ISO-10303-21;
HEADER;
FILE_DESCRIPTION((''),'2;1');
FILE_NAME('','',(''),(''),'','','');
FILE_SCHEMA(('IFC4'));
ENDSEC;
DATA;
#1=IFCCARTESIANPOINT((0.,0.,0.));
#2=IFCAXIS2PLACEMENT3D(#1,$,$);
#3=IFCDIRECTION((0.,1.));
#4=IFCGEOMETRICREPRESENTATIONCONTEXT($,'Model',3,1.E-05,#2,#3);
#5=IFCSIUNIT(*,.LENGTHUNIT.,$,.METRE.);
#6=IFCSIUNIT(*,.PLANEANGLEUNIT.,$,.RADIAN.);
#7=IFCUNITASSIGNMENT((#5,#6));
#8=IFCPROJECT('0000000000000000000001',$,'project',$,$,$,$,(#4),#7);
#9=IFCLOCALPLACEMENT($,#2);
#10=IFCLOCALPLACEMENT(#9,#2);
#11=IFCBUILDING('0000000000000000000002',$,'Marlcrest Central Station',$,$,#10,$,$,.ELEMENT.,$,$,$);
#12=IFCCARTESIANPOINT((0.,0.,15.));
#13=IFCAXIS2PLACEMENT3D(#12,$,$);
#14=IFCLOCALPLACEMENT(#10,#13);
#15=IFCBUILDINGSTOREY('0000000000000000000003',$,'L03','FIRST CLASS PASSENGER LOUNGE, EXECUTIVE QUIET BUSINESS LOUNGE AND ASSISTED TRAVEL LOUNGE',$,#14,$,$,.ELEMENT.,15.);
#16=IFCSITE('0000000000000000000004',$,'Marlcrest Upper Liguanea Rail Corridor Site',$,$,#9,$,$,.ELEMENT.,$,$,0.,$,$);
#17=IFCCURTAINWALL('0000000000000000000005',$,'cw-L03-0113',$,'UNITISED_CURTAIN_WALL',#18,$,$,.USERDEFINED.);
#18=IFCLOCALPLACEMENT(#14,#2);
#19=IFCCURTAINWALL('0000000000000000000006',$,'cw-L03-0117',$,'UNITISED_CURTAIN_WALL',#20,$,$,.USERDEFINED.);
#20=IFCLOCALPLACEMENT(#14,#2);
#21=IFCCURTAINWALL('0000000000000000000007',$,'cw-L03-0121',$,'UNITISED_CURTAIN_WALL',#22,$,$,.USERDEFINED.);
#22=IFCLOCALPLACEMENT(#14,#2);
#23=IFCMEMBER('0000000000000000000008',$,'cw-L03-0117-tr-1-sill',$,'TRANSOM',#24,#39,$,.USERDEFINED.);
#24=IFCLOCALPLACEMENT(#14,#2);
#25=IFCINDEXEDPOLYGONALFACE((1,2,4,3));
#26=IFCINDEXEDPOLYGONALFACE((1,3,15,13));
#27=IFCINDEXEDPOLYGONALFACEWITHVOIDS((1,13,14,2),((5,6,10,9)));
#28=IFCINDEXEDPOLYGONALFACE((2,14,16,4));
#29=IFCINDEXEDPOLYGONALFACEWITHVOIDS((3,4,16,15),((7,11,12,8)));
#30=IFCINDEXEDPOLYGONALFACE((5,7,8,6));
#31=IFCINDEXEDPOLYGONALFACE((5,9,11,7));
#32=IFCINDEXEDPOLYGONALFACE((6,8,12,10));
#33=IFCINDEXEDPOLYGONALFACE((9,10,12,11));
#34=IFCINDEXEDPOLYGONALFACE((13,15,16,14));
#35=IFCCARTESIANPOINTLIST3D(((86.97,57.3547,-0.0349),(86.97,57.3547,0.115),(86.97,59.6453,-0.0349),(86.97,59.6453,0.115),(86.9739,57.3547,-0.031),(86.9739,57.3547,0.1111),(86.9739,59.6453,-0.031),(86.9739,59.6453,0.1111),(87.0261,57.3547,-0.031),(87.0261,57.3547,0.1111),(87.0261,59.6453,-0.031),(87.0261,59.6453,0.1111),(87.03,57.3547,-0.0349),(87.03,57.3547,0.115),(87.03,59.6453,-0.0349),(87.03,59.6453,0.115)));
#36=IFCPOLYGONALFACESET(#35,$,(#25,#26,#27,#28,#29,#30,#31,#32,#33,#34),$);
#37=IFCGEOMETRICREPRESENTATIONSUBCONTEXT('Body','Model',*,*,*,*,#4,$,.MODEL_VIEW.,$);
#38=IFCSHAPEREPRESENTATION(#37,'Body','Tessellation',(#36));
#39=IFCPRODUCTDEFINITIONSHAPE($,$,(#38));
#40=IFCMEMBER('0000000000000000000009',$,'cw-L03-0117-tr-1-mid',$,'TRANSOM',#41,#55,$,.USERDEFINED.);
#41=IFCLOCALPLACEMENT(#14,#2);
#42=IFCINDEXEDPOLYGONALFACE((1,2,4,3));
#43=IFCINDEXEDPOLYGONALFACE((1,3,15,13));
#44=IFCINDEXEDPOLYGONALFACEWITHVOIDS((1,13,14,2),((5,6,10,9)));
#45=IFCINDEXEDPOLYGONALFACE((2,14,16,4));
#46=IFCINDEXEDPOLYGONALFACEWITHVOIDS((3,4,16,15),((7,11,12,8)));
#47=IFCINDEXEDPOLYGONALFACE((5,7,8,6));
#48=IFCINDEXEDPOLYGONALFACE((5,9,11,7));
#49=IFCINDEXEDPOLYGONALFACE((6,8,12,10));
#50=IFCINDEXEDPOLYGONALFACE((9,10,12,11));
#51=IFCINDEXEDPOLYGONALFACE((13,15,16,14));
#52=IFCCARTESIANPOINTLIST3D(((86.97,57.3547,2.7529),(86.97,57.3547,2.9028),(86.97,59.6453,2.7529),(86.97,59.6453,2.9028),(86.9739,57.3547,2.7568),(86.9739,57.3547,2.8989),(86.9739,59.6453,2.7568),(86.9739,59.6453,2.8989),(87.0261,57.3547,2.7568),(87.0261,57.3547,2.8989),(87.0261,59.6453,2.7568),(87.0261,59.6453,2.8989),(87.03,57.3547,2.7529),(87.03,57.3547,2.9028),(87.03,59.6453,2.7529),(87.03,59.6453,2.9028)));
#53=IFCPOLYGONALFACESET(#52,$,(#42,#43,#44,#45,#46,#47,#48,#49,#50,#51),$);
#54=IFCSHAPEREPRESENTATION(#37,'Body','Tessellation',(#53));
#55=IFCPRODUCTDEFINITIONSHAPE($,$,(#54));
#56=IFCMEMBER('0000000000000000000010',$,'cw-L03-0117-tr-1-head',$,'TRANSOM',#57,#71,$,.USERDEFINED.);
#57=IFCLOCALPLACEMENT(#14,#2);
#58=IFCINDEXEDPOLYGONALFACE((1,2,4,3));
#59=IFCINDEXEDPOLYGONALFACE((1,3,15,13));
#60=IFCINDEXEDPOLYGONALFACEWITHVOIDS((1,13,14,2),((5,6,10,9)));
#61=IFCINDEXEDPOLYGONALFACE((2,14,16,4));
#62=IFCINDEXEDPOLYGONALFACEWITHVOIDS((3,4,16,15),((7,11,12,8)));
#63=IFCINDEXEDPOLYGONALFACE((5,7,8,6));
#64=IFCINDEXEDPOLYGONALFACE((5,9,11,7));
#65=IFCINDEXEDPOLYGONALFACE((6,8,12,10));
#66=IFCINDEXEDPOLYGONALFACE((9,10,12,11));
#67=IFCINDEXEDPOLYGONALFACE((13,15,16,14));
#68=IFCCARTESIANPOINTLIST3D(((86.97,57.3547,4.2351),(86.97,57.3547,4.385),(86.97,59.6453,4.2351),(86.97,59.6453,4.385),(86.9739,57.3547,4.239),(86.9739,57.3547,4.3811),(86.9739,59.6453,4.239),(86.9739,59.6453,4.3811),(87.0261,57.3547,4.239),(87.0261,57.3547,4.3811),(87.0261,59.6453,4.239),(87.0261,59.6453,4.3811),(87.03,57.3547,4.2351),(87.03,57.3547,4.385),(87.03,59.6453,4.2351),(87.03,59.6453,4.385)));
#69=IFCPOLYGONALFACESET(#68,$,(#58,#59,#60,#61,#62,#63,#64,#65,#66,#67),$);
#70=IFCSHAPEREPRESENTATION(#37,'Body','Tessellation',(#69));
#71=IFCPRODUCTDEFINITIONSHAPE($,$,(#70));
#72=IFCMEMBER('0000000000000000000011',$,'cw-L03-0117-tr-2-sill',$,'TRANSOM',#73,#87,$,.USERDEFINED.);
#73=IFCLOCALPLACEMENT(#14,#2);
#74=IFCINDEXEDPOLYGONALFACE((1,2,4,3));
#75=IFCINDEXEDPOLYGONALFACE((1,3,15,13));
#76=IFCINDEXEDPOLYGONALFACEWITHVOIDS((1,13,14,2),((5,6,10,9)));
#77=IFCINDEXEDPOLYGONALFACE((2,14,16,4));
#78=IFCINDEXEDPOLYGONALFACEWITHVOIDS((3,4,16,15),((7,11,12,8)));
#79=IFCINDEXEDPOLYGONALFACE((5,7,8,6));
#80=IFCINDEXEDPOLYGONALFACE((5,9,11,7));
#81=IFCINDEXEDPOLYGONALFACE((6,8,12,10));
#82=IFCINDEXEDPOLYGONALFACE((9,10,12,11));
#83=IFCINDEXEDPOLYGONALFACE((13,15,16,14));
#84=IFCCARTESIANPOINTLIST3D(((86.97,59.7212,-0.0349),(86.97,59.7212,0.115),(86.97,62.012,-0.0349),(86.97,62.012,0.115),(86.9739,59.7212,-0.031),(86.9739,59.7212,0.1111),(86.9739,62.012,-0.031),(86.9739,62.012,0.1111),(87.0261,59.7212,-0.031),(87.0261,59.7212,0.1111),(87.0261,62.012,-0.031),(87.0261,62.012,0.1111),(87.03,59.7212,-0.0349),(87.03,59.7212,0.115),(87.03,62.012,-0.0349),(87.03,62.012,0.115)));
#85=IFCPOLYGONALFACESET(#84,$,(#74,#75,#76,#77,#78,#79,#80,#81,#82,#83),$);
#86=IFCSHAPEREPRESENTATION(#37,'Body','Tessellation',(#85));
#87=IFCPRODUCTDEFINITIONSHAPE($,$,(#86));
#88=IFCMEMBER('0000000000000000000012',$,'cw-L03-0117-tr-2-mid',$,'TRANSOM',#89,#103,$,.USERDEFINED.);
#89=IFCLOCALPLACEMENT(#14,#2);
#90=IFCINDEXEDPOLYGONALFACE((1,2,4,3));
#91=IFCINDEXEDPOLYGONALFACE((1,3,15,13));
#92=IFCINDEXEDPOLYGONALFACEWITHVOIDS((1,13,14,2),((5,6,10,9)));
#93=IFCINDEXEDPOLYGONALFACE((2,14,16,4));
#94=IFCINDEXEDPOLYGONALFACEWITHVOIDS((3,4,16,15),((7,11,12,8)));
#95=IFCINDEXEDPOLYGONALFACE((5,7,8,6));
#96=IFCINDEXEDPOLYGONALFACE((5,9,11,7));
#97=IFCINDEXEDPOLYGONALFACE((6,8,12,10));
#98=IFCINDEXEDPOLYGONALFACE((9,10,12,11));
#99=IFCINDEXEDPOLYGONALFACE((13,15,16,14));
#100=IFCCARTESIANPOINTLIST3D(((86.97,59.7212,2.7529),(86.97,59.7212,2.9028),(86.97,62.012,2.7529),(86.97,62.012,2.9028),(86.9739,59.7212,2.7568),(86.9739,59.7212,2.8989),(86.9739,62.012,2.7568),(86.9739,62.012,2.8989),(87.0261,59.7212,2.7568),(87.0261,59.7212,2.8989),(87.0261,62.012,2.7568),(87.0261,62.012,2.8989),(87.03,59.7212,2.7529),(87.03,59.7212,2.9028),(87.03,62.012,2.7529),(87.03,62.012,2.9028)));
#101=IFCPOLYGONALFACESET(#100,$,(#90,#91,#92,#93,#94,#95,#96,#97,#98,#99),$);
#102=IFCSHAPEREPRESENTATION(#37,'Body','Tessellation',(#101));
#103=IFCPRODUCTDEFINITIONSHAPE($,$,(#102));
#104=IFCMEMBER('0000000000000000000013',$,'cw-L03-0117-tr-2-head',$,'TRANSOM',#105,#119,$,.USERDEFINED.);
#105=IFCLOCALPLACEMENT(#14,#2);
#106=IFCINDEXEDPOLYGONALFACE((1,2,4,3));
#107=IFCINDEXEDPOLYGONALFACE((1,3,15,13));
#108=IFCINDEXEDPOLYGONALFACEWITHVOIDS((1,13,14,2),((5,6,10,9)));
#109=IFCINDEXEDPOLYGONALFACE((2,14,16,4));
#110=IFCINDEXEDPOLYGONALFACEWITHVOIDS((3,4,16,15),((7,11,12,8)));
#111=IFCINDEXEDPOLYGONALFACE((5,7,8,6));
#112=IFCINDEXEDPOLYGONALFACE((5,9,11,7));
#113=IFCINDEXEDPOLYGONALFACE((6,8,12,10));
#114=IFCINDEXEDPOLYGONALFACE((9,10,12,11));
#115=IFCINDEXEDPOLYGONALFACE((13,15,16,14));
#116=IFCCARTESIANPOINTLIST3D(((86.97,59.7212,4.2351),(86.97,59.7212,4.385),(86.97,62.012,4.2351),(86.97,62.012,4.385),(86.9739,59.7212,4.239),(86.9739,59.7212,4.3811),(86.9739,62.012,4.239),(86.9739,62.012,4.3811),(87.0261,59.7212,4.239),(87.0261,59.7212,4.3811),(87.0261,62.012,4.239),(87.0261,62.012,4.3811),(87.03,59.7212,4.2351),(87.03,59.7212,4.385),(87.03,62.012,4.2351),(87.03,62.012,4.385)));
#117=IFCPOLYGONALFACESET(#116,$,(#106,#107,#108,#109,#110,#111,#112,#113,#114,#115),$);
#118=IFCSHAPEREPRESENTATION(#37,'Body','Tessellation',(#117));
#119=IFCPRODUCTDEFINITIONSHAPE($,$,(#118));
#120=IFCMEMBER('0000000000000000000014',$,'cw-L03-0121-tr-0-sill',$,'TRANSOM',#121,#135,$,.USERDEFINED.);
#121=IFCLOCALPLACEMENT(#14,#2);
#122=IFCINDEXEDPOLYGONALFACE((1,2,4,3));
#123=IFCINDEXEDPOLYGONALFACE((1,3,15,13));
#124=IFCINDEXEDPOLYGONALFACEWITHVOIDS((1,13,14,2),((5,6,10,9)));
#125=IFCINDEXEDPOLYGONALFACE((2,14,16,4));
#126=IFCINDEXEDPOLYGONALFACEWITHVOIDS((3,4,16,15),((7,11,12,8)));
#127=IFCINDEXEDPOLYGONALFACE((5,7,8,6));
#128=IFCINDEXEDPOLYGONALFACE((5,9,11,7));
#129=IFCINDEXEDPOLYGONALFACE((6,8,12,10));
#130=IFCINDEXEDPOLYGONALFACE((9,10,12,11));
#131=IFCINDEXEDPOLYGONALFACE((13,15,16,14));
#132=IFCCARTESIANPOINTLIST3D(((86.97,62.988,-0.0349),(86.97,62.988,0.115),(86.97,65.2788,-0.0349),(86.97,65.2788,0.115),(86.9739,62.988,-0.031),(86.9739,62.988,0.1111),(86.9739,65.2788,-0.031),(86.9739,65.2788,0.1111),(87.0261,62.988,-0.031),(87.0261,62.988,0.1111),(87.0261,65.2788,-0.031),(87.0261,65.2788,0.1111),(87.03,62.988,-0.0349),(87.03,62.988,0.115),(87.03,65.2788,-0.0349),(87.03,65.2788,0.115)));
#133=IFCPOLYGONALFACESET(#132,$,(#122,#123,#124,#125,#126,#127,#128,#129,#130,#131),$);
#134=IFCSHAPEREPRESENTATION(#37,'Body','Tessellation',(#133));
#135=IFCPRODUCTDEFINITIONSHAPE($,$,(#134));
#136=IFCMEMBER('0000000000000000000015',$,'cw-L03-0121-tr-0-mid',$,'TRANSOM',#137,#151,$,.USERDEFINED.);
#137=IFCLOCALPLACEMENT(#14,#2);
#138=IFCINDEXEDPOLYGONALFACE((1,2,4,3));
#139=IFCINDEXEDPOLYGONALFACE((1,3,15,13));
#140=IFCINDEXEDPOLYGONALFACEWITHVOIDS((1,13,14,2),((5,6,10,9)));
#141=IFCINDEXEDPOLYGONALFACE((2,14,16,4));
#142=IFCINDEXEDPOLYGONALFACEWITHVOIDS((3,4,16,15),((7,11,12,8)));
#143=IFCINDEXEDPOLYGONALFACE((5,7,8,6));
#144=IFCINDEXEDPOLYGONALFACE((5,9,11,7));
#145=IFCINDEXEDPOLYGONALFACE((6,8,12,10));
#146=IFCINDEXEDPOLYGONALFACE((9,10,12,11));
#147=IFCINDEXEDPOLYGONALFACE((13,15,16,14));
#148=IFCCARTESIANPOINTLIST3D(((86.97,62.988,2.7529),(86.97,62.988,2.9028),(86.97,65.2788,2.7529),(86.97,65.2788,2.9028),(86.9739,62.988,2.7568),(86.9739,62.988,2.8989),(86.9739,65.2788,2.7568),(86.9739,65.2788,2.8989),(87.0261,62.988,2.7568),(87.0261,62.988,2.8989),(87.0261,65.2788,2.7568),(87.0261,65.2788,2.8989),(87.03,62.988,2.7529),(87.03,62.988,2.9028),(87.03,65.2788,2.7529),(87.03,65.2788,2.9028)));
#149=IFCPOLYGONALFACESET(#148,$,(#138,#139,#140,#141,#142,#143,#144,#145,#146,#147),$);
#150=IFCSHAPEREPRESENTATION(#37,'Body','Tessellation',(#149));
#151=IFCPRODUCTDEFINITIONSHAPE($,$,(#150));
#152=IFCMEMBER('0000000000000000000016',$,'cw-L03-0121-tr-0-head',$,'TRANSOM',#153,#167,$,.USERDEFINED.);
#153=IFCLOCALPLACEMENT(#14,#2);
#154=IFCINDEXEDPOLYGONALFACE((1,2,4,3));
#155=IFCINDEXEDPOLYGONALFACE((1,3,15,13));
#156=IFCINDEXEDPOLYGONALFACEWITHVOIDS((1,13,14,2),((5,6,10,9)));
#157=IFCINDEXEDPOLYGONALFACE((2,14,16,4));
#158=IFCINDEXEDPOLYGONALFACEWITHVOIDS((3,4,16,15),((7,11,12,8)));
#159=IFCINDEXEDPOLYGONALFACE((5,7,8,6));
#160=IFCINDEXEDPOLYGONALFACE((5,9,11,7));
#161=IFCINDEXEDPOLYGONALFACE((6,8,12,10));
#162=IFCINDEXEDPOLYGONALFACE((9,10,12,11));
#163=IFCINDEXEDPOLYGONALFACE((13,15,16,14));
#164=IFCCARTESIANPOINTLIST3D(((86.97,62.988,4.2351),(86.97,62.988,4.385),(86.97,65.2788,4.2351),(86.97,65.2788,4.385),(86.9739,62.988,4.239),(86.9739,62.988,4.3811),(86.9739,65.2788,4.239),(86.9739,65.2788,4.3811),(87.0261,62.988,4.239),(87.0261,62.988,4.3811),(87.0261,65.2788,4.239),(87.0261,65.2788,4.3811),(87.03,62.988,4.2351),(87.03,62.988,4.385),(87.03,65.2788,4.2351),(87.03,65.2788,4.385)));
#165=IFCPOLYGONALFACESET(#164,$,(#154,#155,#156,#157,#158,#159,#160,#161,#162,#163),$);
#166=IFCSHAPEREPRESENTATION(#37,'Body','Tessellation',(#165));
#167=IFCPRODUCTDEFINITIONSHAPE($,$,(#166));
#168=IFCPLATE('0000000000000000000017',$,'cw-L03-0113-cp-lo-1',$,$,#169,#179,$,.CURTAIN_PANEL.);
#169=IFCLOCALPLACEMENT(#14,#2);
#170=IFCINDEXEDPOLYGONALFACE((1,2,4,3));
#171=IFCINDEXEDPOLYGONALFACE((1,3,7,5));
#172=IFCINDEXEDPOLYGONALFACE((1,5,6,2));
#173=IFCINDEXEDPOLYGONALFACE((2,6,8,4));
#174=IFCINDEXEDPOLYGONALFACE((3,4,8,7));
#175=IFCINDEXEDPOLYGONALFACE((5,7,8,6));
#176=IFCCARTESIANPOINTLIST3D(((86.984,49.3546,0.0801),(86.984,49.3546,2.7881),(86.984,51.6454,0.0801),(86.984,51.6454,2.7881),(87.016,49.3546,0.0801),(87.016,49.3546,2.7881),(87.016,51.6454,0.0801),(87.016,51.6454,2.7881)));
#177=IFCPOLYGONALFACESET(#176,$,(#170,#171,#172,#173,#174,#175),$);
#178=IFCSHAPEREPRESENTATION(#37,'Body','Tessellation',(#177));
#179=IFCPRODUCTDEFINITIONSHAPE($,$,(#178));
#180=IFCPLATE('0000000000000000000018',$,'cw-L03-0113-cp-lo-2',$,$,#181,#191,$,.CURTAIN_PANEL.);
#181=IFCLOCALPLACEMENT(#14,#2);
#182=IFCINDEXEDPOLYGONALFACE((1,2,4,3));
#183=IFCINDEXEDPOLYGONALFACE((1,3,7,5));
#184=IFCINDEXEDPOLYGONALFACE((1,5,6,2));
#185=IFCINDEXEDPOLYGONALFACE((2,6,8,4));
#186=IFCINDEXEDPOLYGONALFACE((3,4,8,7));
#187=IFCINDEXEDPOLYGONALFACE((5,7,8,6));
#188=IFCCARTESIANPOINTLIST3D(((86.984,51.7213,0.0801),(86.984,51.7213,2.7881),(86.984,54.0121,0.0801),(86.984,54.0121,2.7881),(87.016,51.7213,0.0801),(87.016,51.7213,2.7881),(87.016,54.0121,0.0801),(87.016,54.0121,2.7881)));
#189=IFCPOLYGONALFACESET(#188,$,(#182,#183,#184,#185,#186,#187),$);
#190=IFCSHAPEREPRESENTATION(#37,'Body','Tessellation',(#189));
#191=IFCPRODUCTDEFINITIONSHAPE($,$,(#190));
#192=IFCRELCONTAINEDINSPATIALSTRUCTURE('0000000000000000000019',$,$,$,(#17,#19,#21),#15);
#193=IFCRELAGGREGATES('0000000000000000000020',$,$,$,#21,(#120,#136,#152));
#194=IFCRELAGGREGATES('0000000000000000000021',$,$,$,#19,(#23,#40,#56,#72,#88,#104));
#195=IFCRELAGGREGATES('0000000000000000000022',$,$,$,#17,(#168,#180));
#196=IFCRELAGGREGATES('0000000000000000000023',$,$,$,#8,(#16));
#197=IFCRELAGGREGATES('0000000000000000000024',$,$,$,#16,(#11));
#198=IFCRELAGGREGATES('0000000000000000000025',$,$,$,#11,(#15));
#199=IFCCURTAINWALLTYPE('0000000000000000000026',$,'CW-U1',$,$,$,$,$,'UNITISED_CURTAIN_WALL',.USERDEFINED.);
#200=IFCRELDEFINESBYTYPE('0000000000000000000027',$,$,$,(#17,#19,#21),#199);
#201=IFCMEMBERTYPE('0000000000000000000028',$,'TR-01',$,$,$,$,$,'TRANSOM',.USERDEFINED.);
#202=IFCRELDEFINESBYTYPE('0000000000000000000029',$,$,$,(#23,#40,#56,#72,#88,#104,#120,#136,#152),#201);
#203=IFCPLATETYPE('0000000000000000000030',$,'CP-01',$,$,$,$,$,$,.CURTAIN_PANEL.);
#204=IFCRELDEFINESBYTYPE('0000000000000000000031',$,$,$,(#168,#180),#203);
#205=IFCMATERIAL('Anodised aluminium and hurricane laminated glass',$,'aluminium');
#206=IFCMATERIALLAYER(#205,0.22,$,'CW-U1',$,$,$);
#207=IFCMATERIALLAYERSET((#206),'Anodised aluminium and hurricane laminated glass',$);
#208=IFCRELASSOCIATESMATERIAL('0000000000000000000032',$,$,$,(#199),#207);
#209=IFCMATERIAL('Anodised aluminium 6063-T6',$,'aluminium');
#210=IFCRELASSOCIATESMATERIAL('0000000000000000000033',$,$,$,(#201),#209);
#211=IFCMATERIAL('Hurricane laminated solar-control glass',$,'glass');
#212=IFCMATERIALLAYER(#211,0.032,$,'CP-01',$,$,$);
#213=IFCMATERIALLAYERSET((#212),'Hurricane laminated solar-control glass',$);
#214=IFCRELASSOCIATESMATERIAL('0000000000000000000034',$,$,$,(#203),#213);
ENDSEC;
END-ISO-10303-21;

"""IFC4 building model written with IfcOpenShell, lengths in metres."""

from ifc_helpers import new_model, si_unit, direction, frame, origin, origin_2d, place, context, subcontext, project, spatial, rectangle, hollow_rectangle, extrude, material, layer, layer_set, material_profile, profile_set, type_object, element, aggregate, save


model = new_model("IFC4")

# Units and contexts
model_context = context("Model", 3, precision=1e-05, world=origin(), true_north=direction((0.0, 1.0)))
body_context = subcontext(model_context, "Body", "Model", "MODEL_VIEW")
ifc_project = project(units=[si_unit("LENGTHUNIT", "METRE"), si_unit("PLANEANGLEUNIT", "RADIAN")], contexts=[model_context])

# Site, building, storey
site_placement = place(None, origin())
site = spatial("IfcSite", under=ifc_project, at=site_placement, Name="Marlcrest Upper Liguanea Rail Corridor Site", CompositionType="ELEMENT", RefElevation=0.0)
building_placement = place(site_placement, origin())
building = spatial("IfcBuilding", under=site, at=building_placement, Name="Marlcrest Central Station", CompositionType="ELEMENT")
storey_placement = place(building_placement, frame((0.0, 0.0, 15.0)))
storey = spatial("IfcBuildingStorey", under=building, at=storey_placement, Name="L03", Description="FIRST CLASS PASSENGER LOUNGE, EXECUTIVE QUIET BUSINESS LOUNGE AND ASSISTED TRAVEL LOUNGE", CompositionType="ELEMENT", Elevation=15.0)

# Curtain walls
ifc_material_1 = material(Name="Anodised aluminium and hurricane laminated glass", Category="aluminium")
ifc_layer_1 = layer(ifc_material_1, 0.22, Name="CW-U1")
ifc_layer_set_1 = layer_set([ifc_layer_1], Name="Anodised aluminium and hurricane laminated glass")
curtain_wall_type = type_object("IfcCurtainWallType", Name="CW-U1", ElementType="UNITISED_CURTAIN_WALL", PredefinedType="USERDEFINED", material=ifc_layer_set_1)
curtain_wall_1_placement = place(storey_placement, origin())
curtain_wall_1 = element("IfcCurtainWall", 1, at=curtain_wall_1_placement, inside=storey, type_object=curtain_wall_type, Name="cw-L03-0113", ObjectType="UNITISED_CURTAIN_WALL", PredefinedType="USERDEFINED")
ifc_material_2 = material(Name="Anodised aluminium 6063-T6", Category="aluminium")
curtain_wall_2_placement = place(storey_placement, origin())
curtain_wall_2 = element("IfcCurtainWall", 2, at=curtain_wall_2_placement, inside=storey, type_object=curtain_wall_type, Name="cw-L03-0117", ObjectType="UNITISED_CURTAIN_WALL", PredefinedType="USERDEFINED")

# Curtain wall
curtain_wall_3_placement = place(storey_placement, origin())
curtain_wall_3 = element("IfcCurtainWall", 3, at=curtain_wall_3_placement, inside=storey, type_object=curtain_wall_type, Name="cw-L03-0121", ObjectType="UNITISED_CURTAIN_WALL", PredefinedType="USERDEFINED")

# Members
ifc_material_profile_1 = material_profile(ifc_material_2, hollow_rectangle(XDim=0.0601, YDim=0.1499, WallThickness=0.0039, at=origin_2d()), Name="AA-RHS 150x60x4")
ifc_profile_set_1 = profile_set([ifc_material_profile_1], Name="Anodised aluminium 6063-T6")
member_type_1 = type_object("IfcMemberType", Name="TR-01", ElementType="TRANSOM", PredefinedType="USERDEFINED", material=ifc_profile_set_1)
member_1_placement = place(storey_placement, frame((87.0, 57.3547, 0.04), z_axis=(0.0, 1.0, 0.0), x_axis=(-1.0, 0.0, 0.0)))
member_1 = element("IfcMember", 4, at=member_1_placement, type_object=member_type_1, Name="cw-L03-0117-tr-1-sill", ObjectType="TRANSOM", PredefinedType="USERDEFINED", context=body_context, shape_type="SweptSolid", body=[
    extrude(hollow_rectangle(XDim=0.0601, YDim=0.1499, WallThickness=0.0039, at=origin_2d()), origin(), (0.0, 0.0, 1.0), 2.2905),
])
member_2_placement = place(storey_placement, frame((87.0, 57.3547, 2.8279), z_axis=(0.0, 1.0, 0.0), x_axis=(-1.0, 0.0, 0.0)))
member_2 = element("IfcMember", 5, at=member_2_placement, type_object=member_type_1, Name="cw-L03-0117-tr-1-mid", ObjectType="TRANSOM", PredefinedType="USERDEFINED", context=body_context, shape_type="SweptSolid", body=[
    extrude(hollow_rectangle(XDim=0.0601, YDim=0.1499, WallThickness=0.0039, at=origin_2d()), origin(), (0.0, 0.0, 1.0), 2.2905),
])
member_3_placement = place(storey_placement, frame((87.0, 57.3547, 4.3101), z_axis=(0.0, 1.0, 0.0), x_axis=(-1.0, 0.0, 0.0)))
member_3 = element("IfcMember", 6, at=member_3_placement, type_object=member_type_1, Name="cw-L03-0117-tr-1-head", ObjectType="TRANSOM", PredefinedType="USERDEFINED", context=body_context, shape_type="SweptSolid", body=[
    extrude(hollow_rectangle(XDim=0.0601, YDim=0.1499, WallThickness=0.0039, at=origin_2d()), origin(), (0.0, 0.0, 1.0), 2.2905),
])
member_4_placement = place(storey_placement, frame((87.0, 59.7212, 0.04), z_axis=(0.0, 1.0, 0.0), x_axis=(-1.0, 0.0, 0.0)))
member_4 = element("IfcMember", 7, at=member_4_placement, type_object=member_type_1, Name="cw-L03-0117-tr-2-sill", ObjectType="TRANSOM", PredefinedType="USERDEFINED", context=body_context, shape_type="SweptSolid", body=[
    extrude(hollow_rectangle(XDim=0.0601, YDim=0.1499, WallThickness=0.0039, at=origin_2d()), origin(), (0.0, 0.0, 1.0), 2.2908),
])
member_5_placement = place(storey_placement, frame((87.0, 59.7212, 2.8279), z_axis=(0.0, 1.0, 0.0), x_axis=(-1.0, 0.0, 0.0)))
member_5 = element("IfcMember", 8, at=member_5_placement, type_object=member_type_1, Name="cw-L03-0117-tr-2-mid", ObjectType="TRANSOM", PredefinedType="USERDEFINED", context=body_context, shape_type="SweptSolid", body=[
    extrude(hollow_rectangle(XDim=0.0601, YDim=0.1499, WallThickness=0.0039, at=origin_2d()), origin(), (0.0, 0.0, 1.0), 2.2908),
])
member_6_placement = place(storey_placement, frame((87.0, 59.7212, 4.3101), z_axis=(0.0, 1.0, 0.0), x_axis=(-1.0, 0.0, 0.0)))
member_6 = element("IfcMember", 9, at=member_6_placement, type_object=member_type_1, Name="cw-L03-0117-tr-2-head", ObjectType="TRANSOM", PredefinedType="USERDEFINED", context=body_context, shape_type="SweptSolid", body=[
    extrude(hollow_rectangle(XDim=0.0601, YDim=0.1499, WallThickness=0.0039, at=origin_2d()), origin(), (0.0, 0.0, 1.0), 2.2908),
])
member_7_placement = place(storey_placement, frame((87.0, 62.988, 0.04), z_axis=(0.0, 1.0, 0.0), x_axis=(-1.0, 0.0, 0.0)))
member_7 = element("IfcMember", 10, at=member_7_placement, type_object=member_type_1, Name="cw-L03-0121-tr-0-sill", ObjectType="TRANSOM", PredefinedType="USERDEFINED", context=body_context, shape_type="SweptSolid", body=[
    extrude(hollow_rectangle(XDim=0.0601, YDim=0.1499, WallThickness=0.0039, at=origin_2d()), origin(), (0.0, 0.0, 1.0), 2.2908),
])
member_8_placement = place(storey_placement, frame((87.0, 62.988, 2.8279), z_axis=(0.0, 1.0, 0.0), x_axis=(-1.0, 0.0, 0.0)))
member_8 = element("IfcMember", 11, at=member_8_placement, type_object=member_type_1, Name="cw-L03-0121-tr-0-mid", ObjectType="TRANSOM", PredefinedType="USERDEFINED", context=body_context, shape_type="SweptSolid", body=[
    extrude(hollow_rectangle(XDim=0.0601, YDim=0.1499, WallThickness=0.0039, at=origin_2d()), origin(), (0.0, 0.0, 1.0), 2.2908),
])
member_9_placement = place(storey_placement, frame((87.0, 62.988, 4.3101), z_axis=(0.0, 1.0, 0.0), x_axis=(-1.0, 0.0, 0.0)))
member_9 = element("IfcMember", 12, at=member_9_placement, type_object=member_type_1, Name="cw-L03-0121-tr-0-head", ObjectType="TRANSOM", PredefinedType="USERDEFINED", context=body_context, shape_type="SweptSolid", body=[
    extrude(hollow_rectangle(XDim=0.0601, YDim=0.1499, WallThickness=0.0039, at=origin_2d()), origin(), (0.0, 0.0, 1.0), 2.2908),
])

# Plates
ifc_material_3 = material(Name="Hurricane laminated solar-control glass", Category="glass")
ifc_layer_2 = layer(ifc_material_3, 0.032, Name="CP-01")
ifc_layer_set_2 = layer_set([ifc_layer_2], Name="Hurricane laminated solar-control glass")
plate_type_1 = type_object("IfcPlateType", Name="CP-01", PredefinedType="CURTAIN_PANEL", material=ifc_layer_set_2)
plate_1_placement = place(storey_placement, frame((87.0, 50.5, 0.0801), z_axis=(0.0, 0.0, 1.0), x_axis=(0.0, 1.0, 0.0)))
plate_1 = element("IfcPlate", 13, at=plate_1_placement, type_object=plate_type_1, Name="cw-L03-0113-cp-lo-1", PredefinedType="CURTAIN_PANEL", context=body_context, shape_type="SweptSolid", body=[
    extrude(rectangle(XDim=2.2908, YDim=0.032, at=origin_2d()), origin(), (0.0, 0.0, 1.0), 2.708),
])
plate_2_placement = place(storey_placement, frame((87.0, 52.8667, 0.0801), z_axis=(0.0, 0.0, 1.0), x_axis=(0.0, 1.0, 0.0)))
plate_2 = element("IfcPlate", 14, at=plate_2_placement, type_object=plate_type_1, Name="cw-L03-0113-cp-lo-2", PredefinedType="CURTAIN_PANEL", context=body_context, shape_type="SweptSolid", body=[
    extrude(rectangle(XDim=2.2908, YDim=0.032, at=origin_2d()), origin(), (0.0, 0.0, 1.0), 2.708),
])
aggregate(curtain_wall_3, [member_7, member_8, member_9])
aggregate(curtain_wall_2, [member_1, member_2, member_3, member_4, member_5, member_6])
aggregate(curtain_wall_1, [plate_1, plate_2])

save(model, "model.ifc")
